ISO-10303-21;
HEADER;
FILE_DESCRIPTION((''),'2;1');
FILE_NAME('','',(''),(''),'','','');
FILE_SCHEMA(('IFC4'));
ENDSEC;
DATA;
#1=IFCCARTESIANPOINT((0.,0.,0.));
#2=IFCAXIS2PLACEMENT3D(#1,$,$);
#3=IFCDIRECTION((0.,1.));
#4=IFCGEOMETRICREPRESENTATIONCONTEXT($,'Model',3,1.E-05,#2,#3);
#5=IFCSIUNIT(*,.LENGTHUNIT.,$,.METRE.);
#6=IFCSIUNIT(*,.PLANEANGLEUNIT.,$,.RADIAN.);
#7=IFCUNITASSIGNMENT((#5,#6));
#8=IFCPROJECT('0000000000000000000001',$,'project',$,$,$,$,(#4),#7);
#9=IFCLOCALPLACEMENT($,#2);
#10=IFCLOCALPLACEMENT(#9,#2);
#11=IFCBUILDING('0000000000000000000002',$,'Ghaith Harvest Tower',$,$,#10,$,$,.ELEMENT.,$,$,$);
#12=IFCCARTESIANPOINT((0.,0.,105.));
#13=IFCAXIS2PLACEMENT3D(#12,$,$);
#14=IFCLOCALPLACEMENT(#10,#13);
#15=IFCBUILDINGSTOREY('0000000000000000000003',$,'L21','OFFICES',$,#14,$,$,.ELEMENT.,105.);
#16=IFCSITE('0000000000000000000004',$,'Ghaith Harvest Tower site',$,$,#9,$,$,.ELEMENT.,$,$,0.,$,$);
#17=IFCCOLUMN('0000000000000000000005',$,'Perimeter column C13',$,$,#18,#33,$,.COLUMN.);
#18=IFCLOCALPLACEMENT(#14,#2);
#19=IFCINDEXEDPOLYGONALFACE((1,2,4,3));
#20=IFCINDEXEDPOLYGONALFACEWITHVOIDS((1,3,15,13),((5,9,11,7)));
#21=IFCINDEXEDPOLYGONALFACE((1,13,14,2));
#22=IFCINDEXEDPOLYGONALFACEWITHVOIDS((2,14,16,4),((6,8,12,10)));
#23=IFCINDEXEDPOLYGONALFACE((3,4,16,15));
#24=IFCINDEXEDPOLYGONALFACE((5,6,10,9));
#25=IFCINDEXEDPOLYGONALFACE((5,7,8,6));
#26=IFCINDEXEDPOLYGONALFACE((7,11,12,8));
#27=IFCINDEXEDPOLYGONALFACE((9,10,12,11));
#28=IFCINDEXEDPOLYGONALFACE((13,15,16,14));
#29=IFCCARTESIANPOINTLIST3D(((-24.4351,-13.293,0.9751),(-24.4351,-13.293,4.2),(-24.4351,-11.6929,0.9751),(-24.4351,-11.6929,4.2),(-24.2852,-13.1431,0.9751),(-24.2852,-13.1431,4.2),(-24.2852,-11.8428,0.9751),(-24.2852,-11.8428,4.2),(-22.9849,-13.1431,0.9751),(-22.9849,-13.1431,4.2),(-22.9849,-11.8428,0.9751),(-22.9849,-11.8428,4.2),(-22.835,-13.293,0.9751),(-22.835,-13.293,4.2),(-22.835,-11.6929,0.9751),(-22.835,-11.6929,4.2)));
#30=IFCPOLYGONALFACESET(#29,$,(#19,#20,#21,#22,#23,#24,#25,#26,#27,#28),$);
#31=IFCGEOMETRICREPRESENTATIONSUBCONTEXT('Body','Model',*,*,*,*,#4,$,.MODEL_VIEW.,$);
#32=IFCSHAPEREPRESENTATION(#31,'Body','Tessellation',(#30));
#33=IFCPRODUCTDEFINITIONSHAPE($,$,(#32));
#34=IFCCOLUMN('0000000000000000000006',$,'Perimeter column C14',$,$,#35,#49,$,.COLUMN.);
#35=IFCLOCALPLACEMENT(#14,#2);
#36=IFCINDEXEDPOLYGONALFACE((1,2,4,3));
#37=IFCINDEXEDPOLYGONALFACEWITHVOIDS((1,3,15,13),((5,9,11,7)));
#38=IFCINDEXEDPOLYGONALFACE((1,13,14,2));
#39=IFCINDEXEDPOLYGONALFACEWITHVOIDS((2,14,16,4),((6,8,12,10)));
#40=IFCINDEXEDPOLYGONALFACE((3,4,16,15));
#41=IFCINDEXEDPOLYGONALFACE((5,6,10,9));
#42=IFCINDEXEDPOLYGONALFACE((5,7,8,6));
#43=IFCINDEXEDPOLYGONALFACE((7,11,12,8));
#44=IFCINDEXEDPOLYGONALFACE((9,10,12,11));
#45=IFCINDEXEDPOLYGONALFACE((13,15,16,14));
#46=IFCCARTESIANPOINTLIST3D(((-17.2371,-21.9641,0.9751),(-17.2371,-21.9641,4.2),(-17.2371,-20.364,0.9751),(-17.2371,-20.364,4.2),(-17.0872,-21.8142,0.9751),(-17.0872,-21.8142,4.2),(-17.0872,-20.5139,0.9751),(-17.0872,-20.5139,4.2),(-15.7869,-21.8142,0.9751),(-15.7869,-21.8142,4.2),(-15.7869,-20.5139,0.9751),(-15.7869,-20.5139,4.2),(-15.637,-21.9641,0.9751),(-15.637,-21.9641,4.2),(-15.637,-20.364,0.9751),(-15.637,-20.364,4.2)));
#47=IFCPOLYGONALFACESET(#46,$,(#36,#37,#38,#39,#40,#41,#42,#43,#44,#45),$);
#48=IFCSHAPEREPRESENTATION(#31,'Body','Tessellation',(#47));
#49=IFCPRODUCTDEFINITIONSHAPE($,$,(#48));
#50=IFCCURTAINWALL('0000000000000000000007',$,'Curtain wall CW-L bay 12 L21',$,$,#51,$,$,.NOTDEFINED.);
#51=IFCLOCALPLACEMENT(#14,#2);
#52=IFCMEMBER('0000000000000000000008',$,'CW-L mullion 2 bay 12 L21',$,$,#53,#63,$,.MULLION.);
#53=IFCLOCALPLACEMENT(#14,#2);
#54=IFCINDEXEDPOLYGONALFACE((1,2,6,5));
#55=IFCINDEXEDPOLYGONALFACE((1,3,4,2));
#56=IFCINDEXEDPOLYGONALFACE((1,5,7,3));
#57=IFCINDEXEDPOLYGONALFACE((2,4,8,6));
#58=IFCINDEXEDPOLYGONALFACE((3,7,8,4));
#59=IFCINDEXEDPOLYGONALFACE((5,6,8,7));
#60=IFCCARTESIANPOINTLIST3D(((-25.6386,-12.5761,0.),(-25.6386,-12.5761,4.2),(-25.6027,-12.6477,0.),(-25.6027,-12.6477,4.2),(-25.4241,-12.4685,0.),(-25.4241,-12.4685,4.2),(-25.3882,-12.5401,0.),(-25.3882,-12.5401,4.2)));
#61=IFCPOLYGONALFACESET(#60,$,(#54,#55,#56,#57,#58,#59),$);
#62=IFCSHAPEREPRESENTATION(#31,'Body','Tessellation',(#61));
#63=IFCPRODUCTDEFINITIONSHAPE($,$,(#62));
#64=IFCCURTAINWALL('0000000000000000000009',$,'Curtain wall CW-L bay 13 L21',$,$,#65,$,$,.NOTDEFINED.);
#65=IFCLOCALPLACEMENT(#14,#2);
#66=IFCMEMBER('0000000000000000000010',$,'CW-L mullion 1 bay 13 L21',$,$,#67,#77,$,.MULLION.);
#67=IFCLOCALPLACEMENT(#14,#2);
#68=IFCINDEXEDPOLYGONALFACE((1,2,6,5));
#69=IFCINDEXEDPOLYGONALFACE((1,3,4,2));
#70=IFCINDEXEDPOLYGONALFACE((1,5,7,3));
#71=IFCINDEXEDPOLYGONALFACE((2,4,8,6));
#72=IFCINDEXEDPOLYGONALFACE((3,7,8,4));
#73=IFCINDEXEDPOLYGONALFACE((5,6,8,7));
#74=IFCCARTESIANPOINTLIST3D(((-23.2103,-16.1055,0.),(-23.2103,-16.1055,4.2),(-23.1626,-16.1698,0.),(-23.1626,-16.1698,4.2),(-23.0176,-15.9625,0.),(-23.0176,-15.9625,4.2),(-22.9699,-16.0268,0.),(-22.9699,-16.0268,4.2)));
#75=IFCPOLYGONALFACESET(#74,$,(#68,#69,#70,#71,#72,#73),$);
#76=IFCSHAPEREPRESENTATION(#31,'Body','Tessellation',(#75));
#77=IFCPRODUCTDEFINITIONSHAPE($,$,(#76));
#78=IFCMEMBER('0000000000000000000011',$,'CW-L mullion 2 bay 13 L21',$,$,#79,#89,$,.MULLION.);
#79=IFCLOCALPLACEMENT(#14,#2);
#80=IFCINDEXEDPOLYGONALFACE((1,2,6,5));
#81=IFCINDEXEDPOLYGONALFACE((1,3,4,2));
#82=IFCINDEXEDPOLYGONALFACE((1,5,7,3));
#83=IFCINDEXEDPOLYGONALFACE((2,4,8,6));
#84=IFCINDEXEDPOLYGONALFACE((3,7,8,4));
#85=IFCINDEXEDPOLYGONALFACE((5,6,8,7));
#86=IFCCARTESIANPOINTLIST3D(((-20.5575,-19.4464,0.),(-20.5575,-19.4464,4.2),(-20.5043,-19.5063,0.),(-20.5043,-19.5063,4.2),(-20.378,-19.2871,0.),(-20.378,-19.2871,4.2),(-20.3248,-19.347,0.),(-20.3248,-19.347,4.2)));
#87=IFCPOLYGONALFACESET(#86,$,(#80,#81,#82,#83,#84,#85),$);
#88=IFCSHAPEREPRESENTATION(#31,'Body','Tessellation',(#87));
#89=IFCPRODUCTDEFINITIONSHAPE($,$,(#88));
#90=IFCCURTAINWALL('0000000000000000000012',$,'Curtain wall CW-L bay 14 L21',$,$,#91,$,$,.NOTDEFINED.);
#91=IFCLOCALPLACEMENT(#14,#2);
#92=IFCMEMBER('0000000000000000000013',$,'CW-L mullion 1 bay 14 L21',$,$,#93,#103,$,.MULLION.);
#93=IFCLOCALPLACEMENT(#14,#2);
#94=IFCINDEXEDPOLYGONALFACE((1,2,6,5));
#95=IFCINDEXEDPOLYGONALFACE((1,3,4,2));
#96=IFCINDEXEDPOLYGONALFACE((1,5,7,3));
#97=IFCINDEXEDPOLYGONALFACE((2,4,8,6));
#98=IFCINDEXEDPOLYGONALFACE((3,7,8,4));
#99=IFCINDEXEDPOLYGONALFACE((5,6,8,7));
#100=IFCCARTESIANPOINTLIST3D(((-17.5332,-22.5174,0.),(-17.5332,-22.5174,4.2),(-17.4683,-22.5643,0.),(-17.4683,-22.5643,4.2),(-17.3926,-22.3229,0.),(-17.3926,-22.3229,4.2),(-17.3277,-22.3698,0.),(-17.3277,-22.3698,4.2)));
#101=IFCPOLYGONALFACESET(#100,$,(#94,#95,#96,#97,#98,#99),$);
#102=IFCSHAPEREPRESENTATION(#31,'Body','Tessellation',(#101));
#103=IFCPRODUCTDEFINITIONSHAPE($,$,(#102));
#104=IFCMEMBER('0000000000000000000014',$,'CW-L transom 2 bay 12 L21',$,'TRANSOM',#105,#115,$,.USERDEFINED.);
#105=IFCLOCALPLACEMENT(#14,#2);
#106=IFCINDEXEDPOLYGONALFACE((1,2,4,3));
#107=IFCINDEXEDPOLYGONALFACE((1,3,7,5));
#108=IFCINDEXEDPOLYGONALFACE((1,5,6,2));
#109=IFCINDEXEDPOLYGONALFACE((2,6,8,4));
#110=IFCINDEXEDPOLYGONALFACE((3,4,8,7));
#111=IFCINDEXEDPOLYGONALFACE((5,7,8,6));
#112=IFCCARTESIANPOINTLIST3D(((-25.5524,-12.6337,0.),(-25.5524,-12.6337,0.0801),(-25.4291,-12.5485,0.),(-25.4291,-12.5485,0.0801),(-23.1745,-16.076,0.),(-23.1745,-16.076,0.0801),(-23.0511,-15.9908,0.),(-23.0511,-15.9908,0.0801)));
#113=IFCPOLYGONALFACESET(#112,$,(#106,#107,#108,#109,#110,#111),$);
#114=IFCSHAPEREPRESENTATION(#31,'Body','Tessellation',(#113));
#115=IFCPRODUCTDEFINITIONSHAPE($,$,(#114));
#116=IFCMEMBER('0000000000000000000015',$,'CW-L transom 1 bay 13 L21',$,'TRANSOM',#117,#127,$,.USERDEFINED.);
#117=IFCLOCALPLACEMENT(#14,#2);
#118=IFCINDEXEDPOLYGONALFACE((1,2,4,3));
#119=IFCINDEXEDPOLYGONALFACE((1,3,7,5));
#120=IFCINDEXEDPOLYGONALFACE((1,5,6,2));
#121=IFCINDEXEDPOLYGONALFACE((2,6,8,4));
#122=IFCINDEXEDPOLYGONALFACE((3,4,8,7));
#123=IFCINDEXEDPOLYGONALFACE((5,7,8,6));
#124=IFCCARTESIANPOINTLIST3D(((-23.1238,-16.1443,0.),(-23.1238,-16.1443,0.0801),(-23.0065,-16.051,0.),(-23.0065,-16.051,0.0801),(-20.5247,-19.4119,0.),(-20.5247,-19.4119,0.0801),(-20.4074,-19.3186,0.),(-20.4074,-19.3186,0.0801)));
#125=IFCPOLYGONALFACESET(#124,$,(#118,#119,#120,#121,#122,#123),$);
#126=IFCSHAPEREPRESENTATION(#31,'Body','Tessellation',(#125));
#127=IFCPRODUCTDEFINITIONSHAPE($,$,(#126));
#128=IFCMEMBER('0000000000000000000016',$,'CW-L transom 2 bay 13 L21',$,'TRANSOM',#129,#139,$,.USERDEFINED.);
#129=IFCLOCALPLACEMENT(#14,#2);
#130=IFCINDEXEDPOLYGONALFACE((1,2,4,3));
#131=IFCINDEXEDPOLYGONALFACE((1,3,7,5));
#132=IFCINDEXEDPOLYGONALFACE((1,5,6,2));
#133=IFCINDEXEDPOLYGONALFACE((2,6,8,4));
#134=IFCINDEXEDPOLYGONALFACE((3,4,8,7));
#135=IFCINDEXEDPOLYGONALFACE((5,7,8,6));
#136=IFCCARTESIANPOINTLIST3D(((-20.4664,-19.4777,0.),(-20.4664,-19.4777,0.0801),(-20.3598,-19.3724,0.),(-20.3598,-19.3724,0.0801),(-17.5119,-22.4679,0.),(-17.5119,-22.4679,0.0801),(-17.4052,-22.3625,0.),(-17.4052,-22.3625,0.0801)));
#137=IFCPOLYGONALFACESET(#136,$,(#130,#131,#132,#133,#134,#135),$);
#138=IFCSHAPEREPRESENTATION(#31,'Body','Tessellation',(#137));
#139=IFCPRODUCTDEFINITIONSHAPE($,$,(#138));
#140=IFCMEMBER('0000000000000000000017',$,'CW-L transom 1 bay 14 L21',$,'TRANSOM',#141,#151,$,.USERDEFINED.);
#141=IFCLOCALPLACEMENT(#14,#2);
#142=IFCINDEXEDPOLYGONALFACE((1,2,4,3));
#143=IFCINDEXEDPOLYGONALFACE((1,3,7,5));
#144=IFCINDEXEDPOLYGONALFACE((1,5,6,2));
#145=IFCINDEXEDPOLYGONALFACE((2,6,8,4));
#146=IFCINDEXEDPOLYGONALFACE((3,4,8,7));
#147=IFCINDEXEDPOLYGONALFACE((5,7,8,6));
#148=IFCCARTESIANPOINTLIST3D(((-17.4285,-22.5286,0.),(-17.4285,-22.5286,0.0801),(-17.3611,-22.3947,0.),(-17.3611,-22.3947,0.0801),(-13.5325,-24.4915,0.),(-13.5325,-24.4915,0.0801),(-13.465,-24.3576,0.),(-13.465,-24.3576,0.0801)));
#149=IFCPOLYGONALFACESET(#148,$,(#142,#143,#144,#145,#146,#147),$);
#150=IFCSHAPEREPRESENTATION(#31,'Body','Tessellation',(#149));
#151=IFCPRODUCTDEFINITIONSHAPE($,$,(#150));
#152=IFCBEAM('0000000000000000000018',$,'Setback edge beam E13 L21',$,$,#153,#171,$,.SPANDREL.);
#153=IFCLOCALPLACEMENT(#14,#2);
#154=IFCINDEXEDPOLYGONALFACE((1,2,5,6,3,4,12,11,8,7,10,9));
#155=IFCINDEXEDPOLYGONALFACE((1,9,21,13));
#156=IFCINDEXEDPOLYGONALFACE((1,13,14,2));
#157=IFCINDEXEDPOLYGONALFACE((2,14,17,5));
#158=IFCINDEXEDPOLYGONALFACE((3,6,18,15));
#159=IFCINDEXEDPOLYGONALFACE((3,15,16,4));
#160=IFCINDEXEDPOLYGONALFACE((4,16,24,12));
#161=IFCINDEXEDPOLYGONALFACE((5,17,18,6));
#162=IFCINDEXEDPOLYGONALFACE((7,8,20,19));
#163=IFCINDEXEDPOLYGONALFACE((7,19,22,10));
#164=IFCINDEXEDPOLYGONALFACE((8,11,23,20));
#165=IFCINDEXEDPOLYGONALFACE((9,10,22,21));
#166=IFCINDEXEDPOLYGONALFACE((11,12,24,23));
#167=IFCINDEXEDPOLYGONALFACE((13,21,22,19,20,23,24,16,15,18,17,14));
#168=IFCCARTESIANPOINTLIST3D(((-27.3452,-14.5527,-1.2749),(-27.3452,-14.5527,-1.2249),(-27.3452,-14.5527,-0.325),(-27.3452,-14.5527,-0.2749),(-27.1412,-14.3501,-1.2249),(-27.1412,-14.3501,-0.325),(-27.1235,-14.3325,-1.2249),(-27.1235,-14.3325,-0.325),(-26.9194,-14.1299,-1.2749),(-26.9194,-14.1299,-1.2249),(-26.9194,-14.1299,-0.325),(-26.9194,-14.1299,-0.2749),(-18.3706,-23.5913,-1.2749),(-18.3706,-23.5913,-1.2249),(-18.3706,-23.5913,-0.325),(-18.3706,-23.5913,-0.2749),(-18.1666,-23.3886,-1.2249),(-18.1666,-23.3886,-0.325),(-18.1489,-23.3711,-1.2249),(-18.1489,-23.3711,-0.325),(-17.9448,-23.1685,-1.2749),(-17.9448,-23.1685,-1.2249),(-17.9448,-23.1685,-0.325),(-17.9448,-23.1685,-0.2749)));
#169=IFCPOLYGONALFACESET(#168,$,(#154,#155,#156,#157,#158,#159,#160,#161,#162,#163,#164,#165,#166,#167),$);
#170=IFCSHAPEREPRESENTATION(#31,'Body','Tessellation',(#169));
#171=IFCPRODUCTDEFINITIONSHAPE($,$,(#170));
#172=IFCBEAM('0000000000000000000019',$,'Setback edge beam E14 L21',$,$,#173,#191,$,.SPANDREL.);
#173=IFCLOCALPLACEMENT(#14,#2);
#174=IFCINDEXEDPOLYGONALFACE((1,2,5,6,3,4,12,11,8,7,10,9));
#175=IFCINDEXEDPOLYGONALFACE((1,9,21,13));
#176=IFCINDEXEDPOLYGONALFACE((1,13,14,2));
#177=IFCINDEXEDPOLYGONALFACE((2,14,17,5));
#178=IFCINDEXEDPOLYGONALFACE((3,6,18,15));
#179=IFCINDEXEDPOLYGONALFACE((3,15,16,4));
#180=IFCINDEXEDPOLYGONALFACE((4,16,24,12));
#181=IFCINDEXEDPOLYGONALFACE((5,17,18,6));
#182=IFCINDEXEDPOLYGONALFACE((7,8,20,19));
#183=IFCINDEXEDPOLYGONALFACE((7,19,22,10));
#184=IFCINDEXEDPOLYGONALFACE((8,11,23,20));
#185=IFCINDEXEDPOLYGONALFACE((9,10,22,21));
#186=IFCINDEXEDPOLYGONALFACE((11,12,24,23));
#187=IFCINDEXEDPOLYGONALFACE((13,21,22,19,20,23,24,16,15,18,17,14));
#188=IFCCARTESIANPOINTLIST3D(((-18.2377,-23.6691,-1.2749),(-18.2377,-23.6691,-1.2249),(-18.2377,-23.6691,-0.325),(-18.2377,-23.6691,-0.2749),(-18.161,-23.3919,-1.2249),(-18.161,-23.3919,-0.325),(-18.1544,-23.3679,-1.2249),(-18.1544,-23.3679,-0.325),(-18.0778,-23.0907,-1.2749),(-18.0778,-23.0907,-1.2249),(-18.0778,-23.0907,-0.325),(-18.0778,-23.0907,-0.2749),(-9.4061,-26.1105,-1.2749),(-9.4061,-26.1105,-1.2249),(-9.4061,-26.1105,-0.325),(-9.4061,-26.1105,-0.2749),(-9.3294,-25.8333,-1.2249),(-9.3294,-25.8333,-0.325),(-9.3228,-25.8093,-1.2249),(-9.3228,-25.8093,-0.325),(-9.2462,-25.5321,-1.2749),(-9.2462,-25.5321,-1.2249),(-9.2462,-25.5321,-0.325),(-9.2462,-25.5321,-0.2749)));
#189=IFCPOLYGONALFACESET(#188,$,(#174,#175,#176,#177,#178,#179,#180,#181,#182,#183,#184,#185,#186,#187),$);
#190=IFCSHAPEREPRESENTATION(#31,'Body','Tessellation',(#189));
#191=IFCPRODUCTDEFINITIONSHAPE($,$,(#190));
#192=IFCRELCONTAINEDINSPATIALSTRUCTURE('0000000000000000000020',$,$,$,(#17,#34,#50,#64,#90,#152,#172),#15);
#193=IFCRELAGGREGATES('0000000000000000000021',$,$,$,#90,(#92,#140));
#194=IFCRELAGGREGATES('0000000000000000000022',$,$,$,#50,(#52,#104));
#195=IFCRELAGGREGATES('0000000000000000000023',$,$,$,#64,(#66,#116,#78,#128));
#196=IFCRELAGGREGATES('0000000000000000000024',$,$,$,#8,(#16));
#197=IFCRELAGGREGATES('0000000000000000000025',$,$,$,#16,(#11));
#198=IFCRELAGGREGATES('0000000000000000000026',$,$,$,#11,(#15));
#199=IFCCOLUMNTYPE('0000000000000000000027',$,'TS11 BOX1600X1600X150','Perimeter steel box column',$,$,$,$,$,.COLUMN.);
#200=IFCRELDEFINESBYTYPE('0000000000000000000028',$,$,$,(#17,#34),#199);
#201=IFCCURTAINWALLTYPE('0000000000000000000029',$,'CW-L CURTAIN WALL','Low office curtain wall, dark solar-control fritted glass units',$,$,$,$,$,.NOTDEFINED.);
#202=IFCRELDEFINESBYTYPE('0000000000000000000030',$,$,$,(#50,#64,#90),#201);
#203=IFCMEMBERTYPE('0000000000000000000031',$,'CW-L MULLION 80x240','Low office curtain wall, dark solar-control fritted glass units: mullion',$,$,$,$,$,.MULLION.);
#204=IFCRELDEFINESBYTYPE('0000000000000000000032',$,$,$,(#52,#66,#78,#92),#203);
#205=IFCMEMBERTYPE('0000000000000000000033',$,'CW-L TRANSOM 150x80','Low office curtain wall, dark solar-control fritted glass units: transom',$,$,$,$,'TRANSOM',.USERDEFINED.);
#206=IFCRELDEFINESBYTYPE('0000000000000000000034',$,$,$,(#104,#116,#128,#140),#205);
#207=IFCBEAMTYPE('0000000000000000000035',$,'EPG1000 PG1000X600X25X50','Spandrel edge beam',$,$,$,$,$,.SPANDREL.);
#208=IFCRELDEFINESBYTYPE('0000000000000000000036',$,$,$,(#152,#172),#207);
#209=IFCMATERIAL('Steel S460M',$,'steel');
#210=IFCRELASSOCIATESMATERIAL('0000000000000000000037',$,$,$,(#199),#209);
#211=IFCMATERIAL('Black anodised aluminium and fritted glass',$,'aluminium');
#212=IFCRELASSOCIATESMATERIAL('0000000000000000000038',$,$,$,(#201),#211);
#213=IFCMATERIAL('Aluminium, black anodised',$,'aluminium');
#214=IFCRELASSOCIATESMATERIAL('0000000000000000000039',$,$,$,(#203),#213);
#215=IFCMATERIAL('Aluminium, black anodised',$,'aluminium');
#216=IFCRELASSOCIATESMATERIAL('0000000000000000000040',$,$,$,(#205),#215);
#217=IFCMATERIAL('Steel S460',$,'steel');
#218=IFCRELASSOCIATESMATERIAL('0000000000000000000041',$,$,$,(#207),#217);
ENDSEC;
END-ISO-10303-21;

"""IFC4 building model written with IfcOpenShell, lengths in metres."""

from ifc_helpers import new_model, si_unit, direction, frame, origin, origin_2d, place, context, subcontext, project, spatial, rectangle, hollow_rectangle, i_section, extrude, material, material_profile, profile_set, type_object, element, aggregate, save


model = new_model("IFC4")

# Units and contexts
model_context = context("Model", 3, precision=1e-05, world=origin(), true_north=direction((0.0, 1.0)))
body_context = subcontext(model_context, "Body", "Model", "MODEL_VIEW")
ifc_project = project(units=[si_unit("LENGTHUNIT", "METRE"), si_unit("PLANEANGLEUNIT", "RADIAN")], contexts=[model_context])

# Site, building, storey
site_placement = place(None, origin())
site = spatial("IfcSite", under=ifc_project, at=site_placement, Name="Ghaith Harvest Tower site", CompositionType="ELEMENT", RefElevation=0.0)
building_placement = place(site_placement, origin())
building = spatial("IfcBuilding", under=site, at=building_placement, Name="Ghaith Harvest Tower", CompositionType="ELEMENT")
storey_placement = place(building_placement, frame((0.0, 0.0, 105.0)))
storey = spatial("IfcBuildingStorey", under=building, at=storey_placement, Name="L21", Description="OFFICES", CompositionType="ELEMENT", Elevation=105.0)

# Columns
ifc_material_1 = material(Name="Steel S460M", Category="steel")
ifc_material_profile_1 = material_profile(ifc_material_1, hollow_rectangle(XDim=1.6001, YDim=1.6001, WallThickness=0.1499, at=origin_2d()), Name="BOX1600X1600X150")
ifc_profile_set_1 = profile_set([ifc_material_profile_1], Name="Steel S460M")
column_type = type_object("IfcColumnType", Name="TS11 BOX1600X1600X150", Description="Perimeter steel box column", PredefinedType="COLUMN", material=ifc_profile_set_1)
for number, where, z_axis, x_axis, name in (
    (1, (-23.635, -12.4929, 0.9751), (0.0, 0.0, 1.0), (1.0, 0.0, 0.0), "Perimeter column C13"),
    (2, (-16.437, -21.1641, 0.9751), (0.0, 0.0, 1.0), (1.0, 0.0, 0.0), "Perimeter column C14"),
):
    element("IfcColumn", number, at=place(storey_placement, frame(where, z_axis=z_axis, x_axis=x_axis)), inside=storey, type_object=column_type, Name=name, PredefinedType="COLUMN", context=body_context, shape_type="SweptSolid", body=[
        extrude(hollow_rectangle(XDim=1.6001, YDim=1.6001, WallThickness=0.1499, at=origin_2d()), origin(), (0.0, 0.0, 1.0), 3.2249),
    ])

# Curtain wall, member
ifc_material_2 = material(Name="Black anodised aluminium and fritted glass", Category="aluminium")
curtain_wall_type = type_object("IfcCurtainWallType", Name="CW-L CURTAIN WALL", Description="Low office curtain wall, dark solar-control fritted glass units", PredefinedType="NOTDEFINED", material=ifc_material_2)
curtain_wall_1_placement = place(storey_placement, origin())
curtain_wall_1 = element("IfcCurtainWall", 3, at=curtain_wall_1_placement, inside=storey, type_object=curtain_wall_type, Name="Curtain wall CW-L bay 12 L21", PredefinedType="NOTDEFINED")
ifc_material_3 = material(Name="Aluminium, black anodised", Category="aluminium")
ifc_material_profile_2 = material_profile(ifc_material_3, rectangle(XDim=0.0801, YDim=0.24, at=origin_2d()), Name="CW-L MULLION 80x240")
ifc_profile_set_2 = profile_set([ifc_material_profile_2], Name="Aluminium, black anodised")
member_type_1 = type_object("IfcMemberType", Name="CW-L MULLION 80x240", Description="Low office curtain wall, dark solar-control fritted glass units: mullion", PredefinedType="MULLION", material=ifc_profile_set_2)
member_1_placement = place(storey_placement, frame((-25.5134, -12.5581, 0.0), z_axis=(0.0, 0.0, 1.0), x_axis=(0.448267, -0.8939, 0.0)))
member_1 = element("IfcMember", 4, at=member_1_placement, type_object=member_type_1, Name="CW-L mullion 2 bay 12 L21", PredefinedType="MULLION", context=body_context, shape_type="SweptSolid", body=[
    extrude(rectangle(XDim=0.0801, YDim=0.24, at=origin_2d()), origin(), (0.0, 0.0, 1.0), 4.2),
])

# Curtain wall, members
curtain_wall_2_placement = place(storey_placement, origin())
curtain_wall_2 = element("IfcCurtainWall", 5, at=curtain_wall_2_placement, inside=storey, type_object=curtain_wall_type, Name="Curtain wall CW-L bay 13 L21", PredefinedType="NOTDEFINED")
member_2_placement = place(storey_placement, frame((-23.0901, -16.0662, 0.0), z_axis=(0.0, 0.0, 1.0), x_axis=(0.59574, -0.803177, 0.0)))
member_2 = element("IfcMember", 6, at=member_2_placement, type_object=member_type_1, Name="CW-L mullion 1 bay 13 L21", PredefinedType="MULLION", context=body_context, shape_type="SweptSolid", body=[
    extrude(rectangle(XDim=0.0801, YDim=0.24, at=origin_2d()), origin(), (0.0, 0.0, 1.0), 4.2),
])
member_3_placement = place(storey_placement, frame((-20.4412, -19.3967, 0.0), z_axis=(0.0, 0.0, 1.0), x_axis=(0.663765, -0.747941, 0.0)))
member_3 = element("IfcMember", 7, at=member_3_placement, type_object=member_type_1, Name="CW-L mullion 2 bay 13 L21", PredefinedType="MULLION", context=body_context, shape_type="SweptSolid", body=[
    extrude(rectangle(XDim=0.0801, YDim=0.24, at=origin_2d()), origin(), (0.0, 0.0, 1.0), 4.2),
])

# Curtain wall, member
curtain_wall_3_placement = place(storey_placement, origin())
curtain_wall_3 = element("IfcCurtainWall", 8, at=curtain_wall_3_placement, inside=storey, type_object=curtain_wall_type, Name="Curtain wall CW-L bay 14 L21", PredefinedType="NOTDEFINED")
member_4_placement = place(storey_placement, frame((-17.4304, -22.4436, 0.0), z_axis=(0.0, 0.0, 1.0), x_axis=(0.810339, -0.585961, 0.0)))
member_4 = element("IfcMember", 9, at=member_4_placement, type_object=member_type_1, Name="CW-L mullion 1 bay 14 L21", PredefinedType="MULLION", context=body_context, shape_type="SweptSolid", body=[
    extrude(rectangle(XDim=0.0801, YDim=0.24, at=origin_2d()), origin(), (0.0, 0.0, 1.0), 4.2),
])

# Members
ifc_material_4 = material(Name="Aluminium, black anodised", Category="aluminium")
ifc_material_profile_3 = material_profile(ifc_material_4, rectangle(XDim=0.1499, YDim=0.0801, at=origin_2d()), Name="CW-L TRANSOM 150x80")
ifc_profile_set_3 = profile_set([ifc_material_profile_3], Name="Aluminium, black anodised")
member_type_2 = type_object("IfcMemberType", Name="CW-L TRANSOM 150x80", Description="Low office curtain wall, dark solar-control fritted glass units: transom", ElementType="TRANSOM", PredefinedType="USERDEFINED", material=ifc_profile_set_3)
member_5_placement = place(storey_placement, frame((-25.4907, -12.5911, 0.04), z_axis=(0.56836, -0.82278, 0.0), x_axis=(0.82278, 0.56836, 0.0)))
member_5 = element("IfcMember", 10, at=member_5_placement, type_object=member_type_2, Name="CW-L transom 2 bay 12 L21", ObjectType="TRANSOM", PredefinedType="USERDEFINED", context=body_context, shape_type="SweptSolid", body=[
    extrude(rectangle(XDim=0.1499, YDim=0.0801, at=origin_2d()), origin(), (0.0, 0.0, 1.0), 4.1838),
])
member_6_placement = place(storey_placement, frame((-23.0652, -16.0977, 0.04), z_axis=(0.622511, -0.782611, 0.0), x_axis=(0.782611, 0.622511, 0.0)))
member_6 = element("IfcMember", 11, at=member_6_placement, type_object=member_type_2, Name="CW-L transom 1 bay 13 L21", ObjectType="TRANSOM", PredefinedType="USERDEFINED", context=body_context, shape_type="SweptSolid", body=[
    extrude(rectangle(XDim=0.1499, YDim=0.0801, at=origin_2d()), origin(), (0.0, 0.0, 1.0), 4.1753),
])
member_7_placement = place(storey_placement, frame((-20.4131, -19.425, 0.04), z_axis=(0.702854, -0.711334, 0.0), x_axis=(0.711334, 0.702854, 0.0)))
member_7 = element("IfcMember", 12, at=member_7_placement, type_object=member_type_2, Name="CW-L transom 2 bay 13 L21", ObjectType="TRANSOM", PredefinedType="USERDEFINED", context=body_context, shape_type="SweptSolid", body=[
    extrude(rectangle(XDim=0.1499, YDim=0.0801, at=origin_2d()), origin(), (0.0, 0.0, 1.0), 4.2036),
])
member_8_placement = place(storey_placement, frame((-17.3948, -22.4617, 0.04), z_axis=(0.893058, -0.449943, 0.0), x_axis=(0.449943, 0.893058, 0.0)))
member_8 = element("IfcMember", 13, at=member_8_placement, type_object=member_type_2, Name="CW-L transom 1 bay 14 L21", ObjectType="TRANSOM", PredefinedType="USERDEFINED", context=body_context, shape_type="SweptSolid", body=[
    extrude(rectangle(XDim=0.1499, YDim=0.0801, at=origin_2d()), origin(), (0.0, 0.0, 1.0), 4.3625),
])
aggregate(curtain_wall_3, [member_4, member_8])

# Beams
ifc_material_5 = material(Name="Steel S460", Category="steel")
ifc_material_profile_4 = material_profile(ifc_material_5, i_section(OverallWidth=0.6001, OverallDepth=1.0, WebThickness=0.0249, FlangeThickness=0.05, at=origin_2d()), Name="PG1000X600X25X50")
ifc_profile_set_4 = profile_set([ifc_material_profile_4], Name="Steel S460")
beam_type_1 = type_object("IfcBeamType", Name="EPG1000 PG1000X600X25X50", Description="Spandrel edge beam", PredefinedType="SPANDREL", material=ifc_profile_set_4)
beam_1_placement = place(storey_placement, frame((-27.1323, -14.3413, -0.7749), z_axis=(0.704591, -0.709613, 0.0), x_axis=(0.709613, 0.704591, 0.0)))
element("IfcBeam", 14, at=beam_1_placement, inside=storey, type_object=beam_type_1, Name="Setback edge beam E13 L21", PredefinedType="SPANDREL", context=body_context, shape_type="SweptSolid", body=[
    extrude(i_section(OverallWidth=0.6001, OverallDepth=1.0, WebThickness=0.0249, FlangeThickness=0.05, at=origin_2d()), origin(), (0.0, 0.0, 1.0), 12.7373),
])
beam_2_placement = place(storey_placement, frame((-18.1577, -23.3799, -0.7749), z_axis=(0.963849, -0.266448, 0.0), x_axis=(0.266448, 0.963849, 0.0)))
element("IfcBeam", 15, at=beam_2_placement, inside=storey, type_object=beam_type_1, Name="Setback edge beam E14 L21", PredefinedType="SPANDREL", context=body_context, shape_type="SweptSolid", body=[
    extrude(i_section(OverallWidth=0.6001, OverallDepth=1.0, WebThickness=0.0249, FlangeThickness=0.05, at=origin_2d()), origin(), (0.0, 0.0, 1.0), 9.1628),
])

aggregate(curtain_wall_1, [member_1, member_5])
aggregate(curtain_wall_2, [member_2, member_6, member_3, member_7])

save(model, "model.ifc")
